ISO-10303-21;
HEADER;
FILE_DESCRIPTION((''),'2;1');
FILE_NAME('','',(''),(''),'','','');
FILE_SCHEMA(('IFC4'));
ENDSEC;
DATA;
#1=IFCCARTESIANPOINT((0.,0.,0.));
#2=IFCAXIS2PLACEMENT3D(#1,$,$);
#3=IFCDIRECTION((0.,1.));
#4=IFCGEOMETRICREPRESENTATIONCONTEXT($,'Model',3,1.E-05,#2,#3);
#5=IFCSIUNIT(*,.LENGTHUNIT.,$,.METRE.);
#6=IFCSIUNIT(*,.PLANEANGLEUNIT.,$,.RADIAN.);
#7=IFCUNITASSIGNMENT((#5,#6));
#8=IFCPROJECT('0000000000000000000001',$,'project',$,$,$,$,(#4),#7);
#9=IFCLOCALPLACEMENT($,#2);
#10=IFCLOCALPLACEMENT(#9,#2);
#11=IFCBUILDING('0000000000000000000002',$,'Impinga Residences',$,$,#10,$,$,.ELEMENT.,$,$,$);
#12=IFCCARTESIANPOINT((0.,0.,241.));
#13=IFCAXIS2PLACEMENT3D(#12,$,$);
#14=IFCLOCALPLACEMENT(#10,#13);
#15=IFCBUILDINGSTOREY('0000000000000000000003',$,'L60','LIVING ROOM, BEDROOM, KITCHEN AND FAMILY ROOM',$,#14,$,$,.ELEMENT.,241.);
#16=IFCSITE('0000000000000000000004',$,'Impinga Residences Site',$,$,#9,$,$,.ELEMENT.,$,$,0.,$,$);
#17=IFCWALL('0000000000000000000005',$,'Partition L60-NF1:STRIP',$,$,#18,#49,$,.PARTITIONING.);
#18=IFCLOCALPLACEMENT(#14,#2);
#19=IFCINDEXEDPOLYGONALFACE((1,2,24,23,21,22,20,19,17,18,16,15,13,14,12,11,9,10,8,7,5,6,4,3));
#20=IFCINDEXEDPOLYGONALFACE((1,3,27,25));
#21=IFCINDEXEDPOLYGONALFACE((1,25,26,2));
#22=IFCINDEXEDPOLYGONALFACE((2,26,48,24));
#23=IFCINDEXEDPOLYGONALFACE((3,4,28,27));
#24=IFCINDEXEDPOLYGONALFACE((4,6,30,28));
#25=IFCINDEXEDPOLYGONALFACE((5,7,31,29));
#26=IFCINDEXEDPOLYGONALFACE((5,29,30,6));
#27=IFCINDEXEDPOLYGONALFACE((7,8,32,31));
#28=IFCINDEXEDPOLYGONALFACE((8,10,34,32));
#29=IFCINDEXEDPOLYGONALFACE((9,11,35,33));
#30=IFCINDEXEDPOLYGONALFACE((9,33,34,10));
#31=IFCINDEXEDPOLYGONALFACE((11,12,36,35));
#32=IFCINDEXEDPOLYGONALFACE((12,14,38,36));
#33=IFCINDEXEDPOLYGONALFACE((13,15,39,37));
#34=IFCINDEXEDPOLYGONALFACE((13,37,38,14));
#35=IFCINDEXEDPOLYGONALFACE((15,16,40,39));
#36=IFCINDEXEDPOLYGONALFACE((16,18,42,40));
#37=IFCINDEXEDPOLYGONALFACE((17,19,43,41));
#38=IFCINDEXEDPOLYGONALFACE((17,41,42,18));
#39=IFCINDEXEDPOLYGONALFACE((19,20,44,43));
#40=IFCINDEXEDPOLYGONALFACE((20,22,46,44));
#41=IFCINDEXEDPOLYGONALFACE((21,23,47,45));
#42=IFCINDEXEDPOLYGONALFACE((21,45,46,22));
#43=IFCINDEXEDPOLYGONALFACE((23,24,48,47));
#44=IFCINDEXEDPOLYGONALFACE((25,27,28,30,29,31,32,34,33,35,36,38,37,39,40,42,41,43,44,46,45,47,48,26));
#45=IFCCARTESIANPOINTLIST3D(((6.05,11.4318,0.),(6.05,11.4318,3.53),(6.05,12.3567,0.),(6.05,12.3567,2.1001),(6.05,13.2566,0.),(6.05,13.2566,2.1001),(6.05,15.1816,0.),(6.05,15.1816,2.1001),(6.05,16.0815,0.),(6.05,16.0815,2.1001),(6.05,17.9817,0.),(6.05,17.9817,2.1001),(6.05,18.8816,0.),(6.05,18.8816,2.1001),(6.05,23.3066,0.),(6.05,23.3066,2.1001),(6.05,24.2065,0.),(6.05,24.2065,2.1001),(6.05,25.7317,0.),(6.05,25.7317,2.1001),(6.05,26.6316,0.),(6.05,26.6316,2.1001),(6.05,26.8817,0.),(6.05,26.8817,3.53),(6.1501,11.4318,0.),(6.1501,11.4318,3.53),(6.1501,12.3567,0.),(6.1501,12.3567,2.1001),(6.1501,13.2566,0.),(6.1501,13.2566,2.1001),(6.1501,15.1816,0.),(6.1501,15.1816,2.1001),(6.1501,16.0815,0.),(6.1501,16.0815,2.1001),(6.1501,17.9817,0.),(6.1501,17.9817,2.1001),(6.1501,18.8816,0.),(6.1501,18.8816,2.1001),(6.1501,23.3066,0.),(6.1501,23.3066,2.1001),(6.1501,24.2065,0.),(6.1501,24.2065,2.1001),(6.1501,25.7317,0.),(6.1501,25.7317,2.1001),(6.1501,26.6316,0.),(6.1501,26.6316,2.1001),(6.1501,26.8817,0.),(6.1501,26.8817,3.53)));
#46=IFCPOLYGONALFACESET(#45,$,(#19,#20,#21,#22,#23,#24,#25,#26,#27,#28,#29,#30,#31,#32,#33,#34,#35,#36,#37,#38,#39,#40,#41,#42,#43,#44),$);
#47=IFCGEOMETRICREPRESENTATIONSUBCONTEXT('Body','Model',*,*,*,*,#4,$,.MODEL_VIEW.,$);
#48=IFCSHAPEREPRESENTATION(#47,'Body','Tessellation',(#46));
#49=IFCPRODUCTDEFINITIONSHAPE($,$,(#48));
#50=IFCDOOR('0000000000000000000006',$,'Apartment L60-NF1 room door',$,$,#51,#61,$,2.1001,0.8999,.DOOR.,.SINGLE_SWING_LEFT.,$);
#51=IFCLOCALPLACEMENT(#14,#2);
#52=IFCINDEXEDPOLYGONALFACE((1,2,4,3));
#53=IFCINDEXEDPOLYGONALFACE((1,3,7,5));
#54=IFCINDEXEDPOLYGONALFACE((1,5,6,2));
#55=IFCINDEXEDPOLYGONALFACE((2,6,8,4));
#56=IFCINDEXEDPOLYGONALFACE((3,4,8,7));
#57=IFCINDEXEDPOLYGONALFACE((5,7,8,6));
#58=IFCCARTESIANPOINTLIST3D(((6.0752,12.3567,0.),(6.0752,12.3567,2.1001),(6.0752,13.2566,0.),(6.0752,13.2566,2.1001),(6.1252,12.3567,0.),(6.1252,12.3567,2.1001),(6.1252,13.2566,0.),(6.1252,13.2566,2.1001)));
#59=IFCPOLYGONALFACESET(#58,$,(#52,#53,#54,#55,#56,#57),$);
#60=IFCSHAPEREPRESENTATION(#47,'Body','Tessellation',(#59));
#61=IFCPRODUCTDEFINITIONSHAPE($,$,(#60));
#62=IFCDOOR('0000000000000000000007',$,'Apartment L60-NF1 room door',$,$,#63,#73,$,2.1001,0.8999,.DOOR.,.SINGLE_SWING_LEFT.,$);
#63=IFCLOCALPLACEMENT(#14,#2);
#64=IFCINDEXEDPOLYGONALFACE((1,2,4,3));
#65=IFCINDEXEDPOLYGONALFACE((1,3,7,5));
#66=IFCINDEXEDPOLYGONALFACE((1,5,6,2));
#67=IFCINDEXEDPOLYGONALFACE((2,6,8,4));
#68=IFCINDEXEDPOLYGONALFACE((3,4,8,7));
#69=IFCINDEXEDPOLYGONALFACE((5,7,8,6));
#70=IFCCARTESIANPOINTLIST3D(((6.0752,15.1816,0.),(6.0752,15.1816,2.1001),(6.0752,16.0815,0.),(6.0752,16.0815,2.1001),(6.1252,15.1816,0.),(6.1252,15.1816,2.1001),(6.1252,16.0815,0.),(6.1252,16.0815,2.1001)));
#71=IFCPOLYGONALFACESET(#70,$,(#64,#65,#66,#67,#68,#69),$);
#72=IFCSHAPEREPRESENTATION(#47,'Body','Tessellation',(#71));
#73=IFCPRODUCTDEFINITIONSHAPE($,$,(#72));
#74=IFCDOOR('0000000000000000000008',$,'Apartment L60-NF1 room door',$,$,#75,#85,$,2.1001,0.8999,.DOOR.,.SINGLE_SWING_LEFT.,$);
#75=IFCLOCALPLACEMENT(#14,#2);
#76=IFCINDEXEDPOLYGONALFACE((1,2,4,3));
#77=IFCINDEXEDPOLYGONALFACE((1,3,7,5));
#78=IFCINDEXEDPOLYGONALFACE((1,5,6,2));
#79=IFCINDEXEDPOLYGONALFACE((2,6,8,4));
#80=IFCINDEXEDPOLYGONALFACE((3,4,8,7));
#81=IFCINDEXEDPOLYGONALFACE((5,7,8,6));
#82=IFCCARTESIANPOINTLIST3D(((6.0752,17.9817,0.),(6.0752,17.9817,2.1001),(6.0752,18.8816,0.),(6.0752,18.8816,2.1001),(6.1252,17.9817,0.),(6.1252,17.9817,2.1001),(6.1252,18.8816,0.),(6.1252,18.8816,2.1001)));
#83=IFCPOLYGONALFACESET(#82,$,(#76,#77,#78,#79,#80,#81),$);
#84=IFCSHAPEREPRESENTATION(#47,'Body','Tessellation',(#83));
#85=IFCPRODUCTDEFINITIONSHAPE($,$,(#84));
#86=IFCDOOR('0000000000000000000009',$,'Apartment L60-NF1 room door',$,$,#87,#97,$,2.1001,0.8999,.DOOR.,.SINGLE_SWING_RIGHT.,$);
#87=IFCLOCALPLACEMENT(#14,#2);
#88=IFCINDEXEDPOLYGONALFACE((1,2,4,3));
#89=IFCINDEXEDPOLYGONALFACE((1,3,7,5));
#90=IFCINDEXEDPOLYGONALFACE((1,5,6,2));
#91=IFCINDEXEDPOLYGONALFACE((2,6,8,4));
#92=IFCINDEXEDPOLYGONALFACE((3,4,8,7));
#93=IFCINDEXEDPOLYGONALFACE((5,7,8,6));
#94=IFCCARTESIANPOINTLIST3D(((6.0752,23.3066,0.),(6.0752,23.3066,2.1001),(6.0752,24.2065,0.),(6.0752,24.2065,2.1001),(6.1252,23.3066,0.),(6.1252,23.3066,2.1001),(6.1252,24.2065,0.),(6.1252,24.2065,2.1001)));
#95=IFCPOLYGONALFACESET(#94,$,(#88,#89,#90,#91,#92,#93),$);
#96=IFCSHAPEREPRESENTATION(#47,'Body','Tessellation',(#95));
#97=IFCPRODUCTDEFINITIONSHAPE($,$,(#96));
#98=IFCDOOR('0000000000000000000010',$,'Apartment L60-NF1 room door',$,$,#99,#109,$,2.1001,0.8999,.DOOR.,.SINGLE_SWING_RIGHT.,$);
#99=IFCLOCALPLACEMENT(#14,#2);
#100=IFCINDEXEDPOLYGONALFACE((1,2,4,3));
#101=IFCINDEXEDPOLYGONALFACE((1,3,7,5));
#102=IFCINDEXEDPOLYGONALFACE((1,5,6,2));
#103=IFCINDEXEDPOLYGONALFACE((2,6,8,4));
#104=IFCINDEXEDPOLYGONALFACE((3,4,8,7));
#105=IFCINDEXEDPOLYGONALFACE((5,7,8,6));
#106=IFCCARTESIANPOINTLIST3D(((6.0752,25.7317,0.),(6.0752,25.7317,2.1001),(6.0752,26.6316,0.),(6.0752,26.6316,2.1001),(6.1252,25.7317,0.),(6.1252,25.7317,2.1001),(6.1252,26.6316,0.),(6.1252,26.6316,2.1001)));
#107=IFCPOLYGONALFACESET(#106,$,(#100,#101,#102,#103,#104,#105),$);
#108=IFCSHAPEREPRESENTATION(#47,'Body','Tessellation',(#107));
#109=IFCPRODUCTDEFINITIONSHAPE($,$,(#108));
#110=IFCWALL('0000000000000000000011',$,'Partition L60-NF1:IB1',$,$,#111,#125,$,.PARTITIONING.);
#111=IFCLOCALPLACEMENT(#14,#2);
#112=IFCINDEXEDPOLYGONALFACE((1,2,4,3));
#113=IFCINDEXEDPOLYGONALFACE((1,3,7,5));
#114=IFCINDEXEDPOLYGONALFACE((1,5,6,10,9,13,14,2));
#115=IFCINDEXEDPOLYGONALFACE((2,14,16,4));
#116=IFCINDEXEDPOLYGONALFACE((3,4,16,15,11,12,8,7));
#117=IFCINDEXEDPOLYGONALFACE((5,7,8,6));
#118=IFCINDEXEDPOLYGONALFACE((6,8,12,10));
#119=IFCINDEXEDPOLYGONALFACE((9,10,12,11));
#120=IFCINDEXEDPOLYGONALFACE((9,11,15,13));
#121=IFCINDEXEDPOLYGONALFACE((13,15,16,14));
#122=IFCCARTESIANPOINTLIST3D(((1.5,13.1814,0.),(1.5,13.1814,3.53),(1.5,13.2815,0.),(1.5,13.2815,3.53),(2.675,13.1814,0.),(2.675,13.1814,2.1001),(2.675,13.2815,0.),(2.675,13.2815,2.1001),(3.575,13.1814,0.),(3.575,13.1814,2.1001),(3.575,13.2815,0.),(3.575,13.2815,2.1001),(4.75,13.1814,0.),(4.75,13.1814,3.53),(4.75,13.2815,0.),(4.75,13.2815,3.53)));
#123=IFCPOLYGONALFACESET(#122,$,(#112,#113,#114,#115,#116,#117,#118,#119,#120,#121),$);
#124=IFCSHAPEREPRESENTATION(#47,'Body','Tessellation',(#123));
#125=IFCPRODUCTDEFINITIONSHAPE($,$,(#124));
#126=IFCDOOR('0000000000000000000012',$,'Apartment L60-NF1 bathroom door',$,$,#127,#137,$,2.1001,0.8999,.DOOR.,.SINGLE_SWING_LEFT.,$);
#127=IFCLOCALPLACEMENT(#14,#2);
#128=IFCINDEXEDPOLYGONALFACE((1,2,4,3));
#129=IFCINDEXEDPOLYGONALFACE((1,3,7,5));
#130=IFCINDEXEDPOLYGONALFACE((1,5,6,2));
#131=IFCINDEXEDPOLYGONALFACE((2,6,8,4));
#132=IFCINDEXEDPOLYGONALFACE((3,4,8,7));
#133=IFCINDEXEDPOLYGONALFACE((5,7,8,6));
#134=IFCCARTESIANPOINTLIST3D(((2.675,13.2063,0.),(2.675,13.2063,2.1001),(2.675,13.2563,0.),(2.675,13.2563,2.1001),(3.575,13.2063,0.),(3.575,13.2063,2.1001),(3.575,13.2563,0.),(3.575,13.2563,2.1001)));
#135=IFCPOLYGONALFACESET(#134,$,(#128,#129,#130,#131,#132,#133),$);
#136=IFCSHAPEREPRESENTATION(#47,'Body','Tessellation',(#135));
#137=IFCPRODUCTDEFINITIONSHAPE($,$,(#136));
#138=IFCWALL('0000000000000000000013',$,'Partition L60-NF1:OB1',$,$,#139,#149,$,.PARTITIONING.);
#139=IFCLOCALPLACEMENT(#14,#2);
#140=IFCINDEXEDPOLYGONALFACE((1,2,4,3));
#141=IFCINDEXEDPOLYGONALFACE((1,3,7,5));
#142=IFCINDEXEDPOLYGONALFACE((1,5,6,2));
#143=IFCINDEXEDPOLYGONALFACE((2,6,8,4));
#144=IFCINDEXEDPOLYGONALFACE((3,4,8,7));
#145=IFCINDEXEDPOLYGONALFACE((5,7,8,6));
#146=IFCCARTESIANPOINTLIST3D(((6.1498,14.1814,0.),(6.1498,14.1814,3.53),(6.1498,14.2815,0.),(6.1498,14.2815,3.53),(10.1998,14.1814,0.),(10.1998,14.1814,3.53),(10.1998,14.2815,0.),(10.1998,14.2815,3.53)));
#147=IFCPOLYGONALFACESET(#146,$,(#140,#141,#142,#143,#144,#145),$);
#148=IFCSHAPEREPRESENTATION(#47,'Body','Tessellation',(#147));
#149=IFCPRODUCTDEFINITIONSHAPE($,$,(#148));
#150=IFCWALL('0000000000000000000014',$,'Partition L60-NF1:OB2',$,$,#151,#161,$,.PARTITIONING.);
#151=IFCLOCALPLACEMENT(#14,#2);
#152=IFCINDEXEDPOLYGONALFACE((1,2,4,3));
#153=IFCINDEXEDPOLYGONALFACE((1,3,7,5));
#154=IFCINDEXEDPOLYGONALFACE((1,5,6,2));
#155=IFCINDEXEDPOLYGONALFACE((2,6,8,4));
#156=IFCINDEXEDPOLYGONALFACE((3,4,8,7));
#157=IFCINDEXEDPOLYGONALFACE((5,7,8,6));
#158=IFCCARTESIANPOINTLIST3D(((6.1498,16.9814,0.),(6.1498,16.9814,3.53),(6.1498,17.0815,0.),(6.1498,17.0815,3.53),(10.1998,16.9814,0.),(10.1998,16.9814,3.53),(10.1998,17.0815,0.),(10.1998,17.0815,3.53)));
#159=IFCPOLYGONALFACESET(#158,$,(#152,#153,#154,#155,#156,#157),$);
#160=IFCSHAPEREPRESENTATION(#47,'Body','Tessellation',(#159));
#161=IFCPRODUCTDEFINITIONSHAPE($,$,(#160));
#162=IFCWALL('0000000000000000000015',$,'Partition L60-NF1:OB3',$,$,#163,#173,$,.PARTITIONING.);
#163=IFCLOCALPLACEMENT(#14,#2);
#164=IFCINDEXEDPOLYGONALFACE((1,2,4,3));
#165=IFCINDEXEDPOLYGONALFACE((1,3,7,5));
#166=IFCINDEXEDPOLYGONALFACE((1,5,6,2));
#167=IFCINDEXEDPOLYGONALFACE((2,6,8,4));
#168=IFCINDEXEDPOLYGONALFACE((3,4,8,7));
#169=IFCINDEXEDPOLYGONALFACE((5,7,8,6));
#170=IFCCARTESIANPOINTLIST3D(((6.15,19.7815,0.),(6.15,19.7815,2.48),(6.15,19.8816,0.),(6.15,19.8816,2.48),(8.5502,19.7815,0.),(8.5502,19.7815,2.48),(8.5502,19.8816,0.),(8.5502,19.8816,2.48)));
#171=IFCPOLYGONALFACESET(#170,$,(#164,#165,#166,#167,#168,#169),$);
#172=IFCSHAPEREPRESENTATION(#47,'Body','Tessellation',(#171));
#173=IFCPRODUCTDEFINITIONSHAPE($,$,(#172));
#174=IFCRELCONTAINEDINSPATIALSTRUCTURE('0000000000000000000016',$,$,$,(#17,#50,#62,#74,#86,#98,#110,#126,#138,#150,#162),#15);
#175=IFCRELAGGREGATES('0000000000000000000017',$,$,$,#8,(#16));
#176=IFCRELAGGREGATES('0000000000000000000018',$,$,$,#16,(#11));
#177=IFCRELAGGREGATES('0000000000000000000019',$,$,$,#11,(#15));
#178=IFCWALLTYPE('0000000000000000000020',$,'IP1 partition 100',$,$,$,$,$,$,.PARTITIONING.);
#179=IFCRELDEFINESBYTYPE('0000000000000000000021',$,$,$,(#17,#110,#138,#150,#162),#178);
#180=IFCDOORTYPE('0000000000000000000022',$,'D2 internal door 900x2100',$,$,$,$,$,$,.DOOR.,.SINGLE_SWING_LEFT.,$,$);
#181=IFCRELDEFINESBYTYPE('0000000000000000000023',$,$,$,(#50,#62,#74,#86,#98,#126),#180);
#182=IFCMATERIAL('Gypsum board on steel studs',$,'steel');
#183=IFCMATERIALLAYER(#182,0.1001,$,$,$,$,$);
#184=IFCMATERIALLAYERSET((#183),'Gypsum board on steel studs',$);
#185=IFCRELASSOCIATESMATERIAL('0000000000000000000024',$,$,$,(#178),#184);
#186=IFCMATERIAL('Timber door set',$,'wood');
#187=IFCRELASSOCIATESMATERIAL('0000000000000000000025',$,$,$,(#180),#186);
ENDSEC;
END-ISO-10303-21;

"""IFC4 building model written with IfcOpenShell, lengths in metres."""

from ifc_helpers import new_model, si_unit, direction, frame, frame_2d, origin, place, context, subcontext, project, spatial, rectangle, extrude, material, layer, layer_set, type_object, element, fill, save


model = new_model("IFC4")

# Units and contexts
model_context = context("Model", 3, precision=1e-05, world=origin(), true_north=direction((0.0, 1.0)))
body_context = subcontext(model_context, "Body", "Model", "MODEL_VIEW")
ifc_project = project(units=[si_unit("LENGTHUNIT", "METRE"), si_unit("PLANEANGLEUNIT", "RADIAN")], contexts=[model_context])

# Site, building, storey
site_placement = place(None, origin())
site = spatial("IfcSite", under=ifc_project, at=site_placement, Name="Impinga Residences Site", CompositionType="ELEMENT", RefElevation=0.0)
building_placement = place(site_placement, origin())
building = spatial("IfcBuilding", under=site, at=building_placement, Name="Impinga Residences", CompositionType="ELEMENT")
storey_placement = place(building_placement, frame((0.0, 0.0, 241.0)))
storey = spatial("IfcBuildingStorey", under=building, at=storey_placement, Name="L60", Description="LIVING ROOM, BEDROOM, KITCHEN AND FAMILY ROOM", CompositionType="ELEMENT", Elevation=241.0)

# Shared definitions
ifc_material_1 = material(Name="Gypsum board on steel studs", Category="steel")
ifc_layer_1 = layer(ifc_material_1, 0.1001)
ifc_layer_set_1 = layer_set([ifc_layer_1], Name="Gypsum board on steel studs")
wall_type_1 = type_object("IfcWallType", Name="IP1 partition 100", PredefinedType="PARTITIONING", material=ifc_layer_set_1)

# Wall, openings, doors
wall_1_placement = place(storey_placement, frame((6.1001, 11.4316, 0.0), z_axis=(0.0, 0.0, 1.0), x_axis=(0.0, 1.0, 0.0)))
wall_1 = element("IfcWall", 1, at=wall_1_placement, inside=storey, type_object=wall_type_1, Name="Partition L60-NF1:STRIP", PredefinedType="PARTITIONING", context=body_context, shape_type="SweptSolid", body=[
    extrude(rectangle(XDim=15.45, YDim=0.1001, at=frame_2d((7.7251, 0.0))), origin(), (0.0, 0.0, 1.0), 3.53),
])
opening_1_placement = place(wall_1_placement, frame((0.925, 0.0, 0.0)))
opening_1 = element("IfcOpeningElement", 2, at=opening_1_placement, cuts=wall_1, PredefinedType="OPENING", context=body_context, shape_type="SweptSolid", body=[
    extrude(rectangle(XDim=0.8999, YDim=2.1001, at=frame_2d((0.45, 1.05))), frame((0.0, 0.0601, 0.0), z_axis=(0.0, -1.0, 0.0), x_axis=(1.0, 0.0, 0.0)), (0.0, 0.0, 1.0), 0.1201),
])
opening_2_placement = place(wall_1_placement, frame((3.75, 0.0, 0.0)))
opening_2 = element("IfcOpeningElement", 3, at=opening_2_placement, cuts=wall_1, PredefinedType="OPENING", context=body_context, shape_type="SweptSolid", body=[
    extrude(rectangle(XDim=0.8999, YDim=2.1001, at=frame_2d((0.45, 1.05))), frame((0.0, 0.0601, 0.0), z_axis=(0.0, -1.0, 0.0), x_axis=(1.0, 0.0, 0.0)), (0.0, 0.0, 1.0), 0.1201),
])
opening_3_placement = place(wall_1_placement, frame((6.55, 0.0, 0.0)))
opening_3 = element("IfcOpeningElement", 4, at=opening_3_placement, cuts=wall_1, PredefinedType="OPENING", context=body_context, shape_type="SweptSolid", body=[
    extrude(rectangle(XDim=0.8999, YDim=2.1001, at=frame_2d((0.45, 1.05))), frame((0.0, 0.0601, 0.0), z_axis=(0.0, -1.0, 0.0), x_axis=(1.0, 0.0, 0.0)), (0.0, 0.0, 1.0), 0.1201),
])
opening_4_placement = place(wall_1_placement, frame((11.875, 0.0, 0.0)))
opening_4 = element("IfcOpeningElement", 5, at=opening_4_placement, cuts=wall_1, PredefinedType="OPENING", context=body_context, shape_type="SweptSolid", body=[
    extrude(rectangle(XDim=0.8999, YDim=2.1001, at=frame_2d((0.45, 1.05))), frame((0.0, 0.0601, 0.0), z_axis=(0.0, -1.0, 0.0), x_axis=(1.0, 0.0, 0.0)), (0.0, 0.0, 1.0), 0.1201),
])
opening_5_placement = place(wall_1_placement, frame((14.3, 0.0, 0.0)))
opening_5 = element("IfcOpeningElement", 6, at=opening_5_placement, cuts=wall_1, PredefinedType="OPENING", context=body_context, shape_type="SweptSolid", body=[
    extrude(rectangle(XDim=0.8999, YDim=2.1001, at=frame_2d((0.45, 1.05))), frame((0.0, 0.0601, 0.0), z_axis=(0.0, -1.0, 0.0), x_axis=(1.0, 0.0, 0.0)), (0.0, 0.0, 1.0), 0.1201),
])
ifc_material_2 = material(Name="Timber door set", Category="wood")
door_type_1 = type_object("IfcDoorType", Name="D2 internal door 900x2100", OperationType="SINGLE_SWING_LEFT", PredefinedType="DOOR", material=ifc_material_2)
door_1_placement = place(opening_1_placement, origin())
door_1 = element("IfcDoor", 7, at=door_1_placement, inside=storey, type_object=door_type_1, Name="Apartment L60-NF1 room door", OperationType="SINGLE_SWING_LEFT", OverallHeight=2.1001, OverallWidth=0.8999, PredefinedType="DOOR", context=body_context, shape_type="SweptSolid", body=[
    extrude(rectangle(XDim=0.8999, YDim=2.1001, at=frame_2d((0.45, 1.05))), frame((0.0, 0.0249, 0.0), z_axis=(0.0, -1.0, 0.0), x_axis=(1.0, 0.0, 0.0)), (0.0, 0.0, 1.0), 0.05),
])
fill(opening_1, door_1)
door_2_placement = place(opening_2_placement, origin())
door_2 = element("IfcDoor", 8, at=door_2_placement, inside=storey, type_object=door_type_1, Name="Apartment L60-NF1 room door", OperationType="SINGLE_SWING_LEFT", OverallHeight=2.1001, OverallWidth=0.8999, PredefinedType="DOOR", context=body_context, shape_type="SweptSolid", body=[
    extrude(rectangle(XDim=0.8999, YDim=2.1001, at=frame_2d((0.45, 1.05))), frame((0.0, 0.0249, 0.0), z_axis=(0.0, -1.0, 0.0), x_axis=(1.0, 0.0, 0.0)), (0.0, 0.0, 1.0), 0.05),
])
fill(opening_2, door_2)
door_3_placement = place(opening_3_placement, origin())
door_3 = element("IfcDoor", 9, at=door_3_placement, inside=storey, type_object=door_type_1, Name="Apartment L60-NF1 room door", OperationType="SINGLE_SWING_LEFT", OverallHeight=2.1001, OverallWidth=0.8999, PredefinedType="DOOR", context=body_context, shape_type="SweptSolid", body=[
    extrude(rectangle(XDim=0.8999, YDim=2.1001, at=frame_2d((0.45, 1.05))), frame((0.0, 0.0249, 0.0), z_axis=(0.0, -1.0, 0.0), x_axis=(1.0, 0.0, 0.0)), (0.0, 0.0, 1.0), 0.05),
])
fill(opening_3, door_3)
door_4_placement = place(opening_4_placement, origin())
door_4 = element("IfcDoor", 10, at=door_4_placement, inside=storey, type_object=door_type_1, Name="Apartment L60-NF1 room door", OperationType="SINGLE_SWING_RIGHT", OverallHeight=2.1001, OverallWidth=0.8999, PredefinedType="DOOR", context=body_context, shape_type="SweptSolid", body=[
    extrude(rectangle(XDim=0.8999, YDim=2.1001, at=frame_2d((0.45, 1.05))), frame((0.0, 0.0249, 0.0), z_axis=(0.0, -1.0, 0.0), x_axis=(1.0, 0.0, 0.0)), (0.0, 0.0, 1.0), 0.05),
])
fill(opening_4, door_4)
door_5_placement = place(opening_5_placement, origin())
door_5 = element("IfcDoor", 11, at=door_5_placement, inside=storey, type_object=door_type_1, Name="Apartment L60-NF1 room door", OperationType="SINGLE_SWING_RIGHT", OverallHeight=2.1001, OverallWidth=0.8999, PredefinedType="DOOR", context=body_context, shape_type="SweptSolid", body=[
    extrude(rectangle(XDim=0.8999, YDim=2.1001, at=frame_2d((0.45, 1.05))), frame((0.0, 0.0249, 0.0), z_axis=(0.0, -1.0, 0.0), x_axis=(1.0, 0.0, 0.0)), (0.0, 0.0, 1.0), 0.05),
])
fill(opening_5, door_5)

# Wall, opening, door
wall_2_placement = place(storey_placement, frame((1.5, 13.2314, 0.0), z_axis=(0.0, 0.0, 1.0), x_axis=(1.0, 0.0, 0.0)))
wall_2 = element("IfcWall", 12, at=wall_2_placement, inside=storey, type_object=wall_type_1, Name="Partition L60-NF1:IB1", PredefinedType="PARTITIONING", context=body_context, shape_type="SweptSolid", body=[
    extrude(rectangle(XDim=3.25, YDim=0.1001, at=frame_2d((1.625, 0.0))), origin(), (0.0, 0.0, 1.0), 3.53),
])
opening_6_placement = place(wall_2_placement, frame((1.175, 0.0, 0.0)))
opening_6 = element("IfcOpeningElement", 13, at=opening_6_placement, cuts=wall_2, PredefinedType="OPENING", context=body_context, shape_type="SweptSolid", body=[
    extrude(rectangle(XDim=0.8999, YDim=2.1001, at=frame_2d((0.45, 1.05))), frame((0.0, 0.0601, 0.0), z_axis=(0.0, -1.0, 0.0), x_axis=(1.0, 0.0, 0.0)), (0.0, 0.0, 1.0), 0.1201),
])
door_6_placement = place(opening_6_placement, origin())
door_6 = element("IfcDoor", 14, at=door_6_placement, inside=storey, type_object=door_type_1, Name="Apartment L60-NF1 bathroom door", OperationType="SINGLE_SWING_LEFT", OverallHeight=2.1001, OverallWidth=0.8999, PredefinedType="DOOR", context=body_context, shape_type="SweptSolid", body=[
    extrude(rectangle(XDim=0.8999, YDim=2.1001, at=frame_2d((0.45, 1.05))), frame((0.0, 0.0249, 0.0), z_axis=(0.0, -1.0, 0.0), x_axis=(1.0, 0.0, 0.0)), (0.0, 0.0, 1.0), 0.05),
])
fill(opening_6, door_6)

# Walls
for number, where, z_axis, x_axis, name in (
    (15, (6.1499, 14.2314, 0.0), (0.0, 0.0, 1.0), (1.0, 0.0, 0.0), "Partition L60-NF1:OB1"),
    (16, (6.1499, 17.0315, 0.0), (0.0, 0.0, 1.0), (1.0, 0.0, 0.0), "Partition L60-NF1:OB2"),
):
    element("IfcWall", number, at=place(storey_placement, frame(where, z_axis=z_axis, x_axis=x_axis)), inside=storey, type_object=wall_type_1, Name=name, PredefinedType="PARTITIONING", context=body_context, shape_type="SweptSolid", body=[
        extrude(rectangle(XDim=4.05, YDim=0.1001, at=frame_2d((2.0249, 0.0))), origin(), (0.0, 0.0, 1.0), 3.53),
    ])
wall_3_placement = place(storey_placement, frame((6.1499, 19.8315, 0.0), z_axis=(0.0, 0.0, 1.0), x_axis=(1.0, 0.0, 0.0)))
element("IfcWall", 17, at=wall_3_placement, inside=storey, type_object=wall_type_1, Name="Partition L60-NF1:OB3", PredefinedType="PARTITIONING", context=body_context, shape_type="SweptSolid", body=[
    extrude(rectangle(XDim=2.4001, YDim=0.1001, at=frame_2d((1.2002, 0.0))), origin(), (0.0, 0.0, 1.0), 2.48),
])

save(model, "model.ifc")
